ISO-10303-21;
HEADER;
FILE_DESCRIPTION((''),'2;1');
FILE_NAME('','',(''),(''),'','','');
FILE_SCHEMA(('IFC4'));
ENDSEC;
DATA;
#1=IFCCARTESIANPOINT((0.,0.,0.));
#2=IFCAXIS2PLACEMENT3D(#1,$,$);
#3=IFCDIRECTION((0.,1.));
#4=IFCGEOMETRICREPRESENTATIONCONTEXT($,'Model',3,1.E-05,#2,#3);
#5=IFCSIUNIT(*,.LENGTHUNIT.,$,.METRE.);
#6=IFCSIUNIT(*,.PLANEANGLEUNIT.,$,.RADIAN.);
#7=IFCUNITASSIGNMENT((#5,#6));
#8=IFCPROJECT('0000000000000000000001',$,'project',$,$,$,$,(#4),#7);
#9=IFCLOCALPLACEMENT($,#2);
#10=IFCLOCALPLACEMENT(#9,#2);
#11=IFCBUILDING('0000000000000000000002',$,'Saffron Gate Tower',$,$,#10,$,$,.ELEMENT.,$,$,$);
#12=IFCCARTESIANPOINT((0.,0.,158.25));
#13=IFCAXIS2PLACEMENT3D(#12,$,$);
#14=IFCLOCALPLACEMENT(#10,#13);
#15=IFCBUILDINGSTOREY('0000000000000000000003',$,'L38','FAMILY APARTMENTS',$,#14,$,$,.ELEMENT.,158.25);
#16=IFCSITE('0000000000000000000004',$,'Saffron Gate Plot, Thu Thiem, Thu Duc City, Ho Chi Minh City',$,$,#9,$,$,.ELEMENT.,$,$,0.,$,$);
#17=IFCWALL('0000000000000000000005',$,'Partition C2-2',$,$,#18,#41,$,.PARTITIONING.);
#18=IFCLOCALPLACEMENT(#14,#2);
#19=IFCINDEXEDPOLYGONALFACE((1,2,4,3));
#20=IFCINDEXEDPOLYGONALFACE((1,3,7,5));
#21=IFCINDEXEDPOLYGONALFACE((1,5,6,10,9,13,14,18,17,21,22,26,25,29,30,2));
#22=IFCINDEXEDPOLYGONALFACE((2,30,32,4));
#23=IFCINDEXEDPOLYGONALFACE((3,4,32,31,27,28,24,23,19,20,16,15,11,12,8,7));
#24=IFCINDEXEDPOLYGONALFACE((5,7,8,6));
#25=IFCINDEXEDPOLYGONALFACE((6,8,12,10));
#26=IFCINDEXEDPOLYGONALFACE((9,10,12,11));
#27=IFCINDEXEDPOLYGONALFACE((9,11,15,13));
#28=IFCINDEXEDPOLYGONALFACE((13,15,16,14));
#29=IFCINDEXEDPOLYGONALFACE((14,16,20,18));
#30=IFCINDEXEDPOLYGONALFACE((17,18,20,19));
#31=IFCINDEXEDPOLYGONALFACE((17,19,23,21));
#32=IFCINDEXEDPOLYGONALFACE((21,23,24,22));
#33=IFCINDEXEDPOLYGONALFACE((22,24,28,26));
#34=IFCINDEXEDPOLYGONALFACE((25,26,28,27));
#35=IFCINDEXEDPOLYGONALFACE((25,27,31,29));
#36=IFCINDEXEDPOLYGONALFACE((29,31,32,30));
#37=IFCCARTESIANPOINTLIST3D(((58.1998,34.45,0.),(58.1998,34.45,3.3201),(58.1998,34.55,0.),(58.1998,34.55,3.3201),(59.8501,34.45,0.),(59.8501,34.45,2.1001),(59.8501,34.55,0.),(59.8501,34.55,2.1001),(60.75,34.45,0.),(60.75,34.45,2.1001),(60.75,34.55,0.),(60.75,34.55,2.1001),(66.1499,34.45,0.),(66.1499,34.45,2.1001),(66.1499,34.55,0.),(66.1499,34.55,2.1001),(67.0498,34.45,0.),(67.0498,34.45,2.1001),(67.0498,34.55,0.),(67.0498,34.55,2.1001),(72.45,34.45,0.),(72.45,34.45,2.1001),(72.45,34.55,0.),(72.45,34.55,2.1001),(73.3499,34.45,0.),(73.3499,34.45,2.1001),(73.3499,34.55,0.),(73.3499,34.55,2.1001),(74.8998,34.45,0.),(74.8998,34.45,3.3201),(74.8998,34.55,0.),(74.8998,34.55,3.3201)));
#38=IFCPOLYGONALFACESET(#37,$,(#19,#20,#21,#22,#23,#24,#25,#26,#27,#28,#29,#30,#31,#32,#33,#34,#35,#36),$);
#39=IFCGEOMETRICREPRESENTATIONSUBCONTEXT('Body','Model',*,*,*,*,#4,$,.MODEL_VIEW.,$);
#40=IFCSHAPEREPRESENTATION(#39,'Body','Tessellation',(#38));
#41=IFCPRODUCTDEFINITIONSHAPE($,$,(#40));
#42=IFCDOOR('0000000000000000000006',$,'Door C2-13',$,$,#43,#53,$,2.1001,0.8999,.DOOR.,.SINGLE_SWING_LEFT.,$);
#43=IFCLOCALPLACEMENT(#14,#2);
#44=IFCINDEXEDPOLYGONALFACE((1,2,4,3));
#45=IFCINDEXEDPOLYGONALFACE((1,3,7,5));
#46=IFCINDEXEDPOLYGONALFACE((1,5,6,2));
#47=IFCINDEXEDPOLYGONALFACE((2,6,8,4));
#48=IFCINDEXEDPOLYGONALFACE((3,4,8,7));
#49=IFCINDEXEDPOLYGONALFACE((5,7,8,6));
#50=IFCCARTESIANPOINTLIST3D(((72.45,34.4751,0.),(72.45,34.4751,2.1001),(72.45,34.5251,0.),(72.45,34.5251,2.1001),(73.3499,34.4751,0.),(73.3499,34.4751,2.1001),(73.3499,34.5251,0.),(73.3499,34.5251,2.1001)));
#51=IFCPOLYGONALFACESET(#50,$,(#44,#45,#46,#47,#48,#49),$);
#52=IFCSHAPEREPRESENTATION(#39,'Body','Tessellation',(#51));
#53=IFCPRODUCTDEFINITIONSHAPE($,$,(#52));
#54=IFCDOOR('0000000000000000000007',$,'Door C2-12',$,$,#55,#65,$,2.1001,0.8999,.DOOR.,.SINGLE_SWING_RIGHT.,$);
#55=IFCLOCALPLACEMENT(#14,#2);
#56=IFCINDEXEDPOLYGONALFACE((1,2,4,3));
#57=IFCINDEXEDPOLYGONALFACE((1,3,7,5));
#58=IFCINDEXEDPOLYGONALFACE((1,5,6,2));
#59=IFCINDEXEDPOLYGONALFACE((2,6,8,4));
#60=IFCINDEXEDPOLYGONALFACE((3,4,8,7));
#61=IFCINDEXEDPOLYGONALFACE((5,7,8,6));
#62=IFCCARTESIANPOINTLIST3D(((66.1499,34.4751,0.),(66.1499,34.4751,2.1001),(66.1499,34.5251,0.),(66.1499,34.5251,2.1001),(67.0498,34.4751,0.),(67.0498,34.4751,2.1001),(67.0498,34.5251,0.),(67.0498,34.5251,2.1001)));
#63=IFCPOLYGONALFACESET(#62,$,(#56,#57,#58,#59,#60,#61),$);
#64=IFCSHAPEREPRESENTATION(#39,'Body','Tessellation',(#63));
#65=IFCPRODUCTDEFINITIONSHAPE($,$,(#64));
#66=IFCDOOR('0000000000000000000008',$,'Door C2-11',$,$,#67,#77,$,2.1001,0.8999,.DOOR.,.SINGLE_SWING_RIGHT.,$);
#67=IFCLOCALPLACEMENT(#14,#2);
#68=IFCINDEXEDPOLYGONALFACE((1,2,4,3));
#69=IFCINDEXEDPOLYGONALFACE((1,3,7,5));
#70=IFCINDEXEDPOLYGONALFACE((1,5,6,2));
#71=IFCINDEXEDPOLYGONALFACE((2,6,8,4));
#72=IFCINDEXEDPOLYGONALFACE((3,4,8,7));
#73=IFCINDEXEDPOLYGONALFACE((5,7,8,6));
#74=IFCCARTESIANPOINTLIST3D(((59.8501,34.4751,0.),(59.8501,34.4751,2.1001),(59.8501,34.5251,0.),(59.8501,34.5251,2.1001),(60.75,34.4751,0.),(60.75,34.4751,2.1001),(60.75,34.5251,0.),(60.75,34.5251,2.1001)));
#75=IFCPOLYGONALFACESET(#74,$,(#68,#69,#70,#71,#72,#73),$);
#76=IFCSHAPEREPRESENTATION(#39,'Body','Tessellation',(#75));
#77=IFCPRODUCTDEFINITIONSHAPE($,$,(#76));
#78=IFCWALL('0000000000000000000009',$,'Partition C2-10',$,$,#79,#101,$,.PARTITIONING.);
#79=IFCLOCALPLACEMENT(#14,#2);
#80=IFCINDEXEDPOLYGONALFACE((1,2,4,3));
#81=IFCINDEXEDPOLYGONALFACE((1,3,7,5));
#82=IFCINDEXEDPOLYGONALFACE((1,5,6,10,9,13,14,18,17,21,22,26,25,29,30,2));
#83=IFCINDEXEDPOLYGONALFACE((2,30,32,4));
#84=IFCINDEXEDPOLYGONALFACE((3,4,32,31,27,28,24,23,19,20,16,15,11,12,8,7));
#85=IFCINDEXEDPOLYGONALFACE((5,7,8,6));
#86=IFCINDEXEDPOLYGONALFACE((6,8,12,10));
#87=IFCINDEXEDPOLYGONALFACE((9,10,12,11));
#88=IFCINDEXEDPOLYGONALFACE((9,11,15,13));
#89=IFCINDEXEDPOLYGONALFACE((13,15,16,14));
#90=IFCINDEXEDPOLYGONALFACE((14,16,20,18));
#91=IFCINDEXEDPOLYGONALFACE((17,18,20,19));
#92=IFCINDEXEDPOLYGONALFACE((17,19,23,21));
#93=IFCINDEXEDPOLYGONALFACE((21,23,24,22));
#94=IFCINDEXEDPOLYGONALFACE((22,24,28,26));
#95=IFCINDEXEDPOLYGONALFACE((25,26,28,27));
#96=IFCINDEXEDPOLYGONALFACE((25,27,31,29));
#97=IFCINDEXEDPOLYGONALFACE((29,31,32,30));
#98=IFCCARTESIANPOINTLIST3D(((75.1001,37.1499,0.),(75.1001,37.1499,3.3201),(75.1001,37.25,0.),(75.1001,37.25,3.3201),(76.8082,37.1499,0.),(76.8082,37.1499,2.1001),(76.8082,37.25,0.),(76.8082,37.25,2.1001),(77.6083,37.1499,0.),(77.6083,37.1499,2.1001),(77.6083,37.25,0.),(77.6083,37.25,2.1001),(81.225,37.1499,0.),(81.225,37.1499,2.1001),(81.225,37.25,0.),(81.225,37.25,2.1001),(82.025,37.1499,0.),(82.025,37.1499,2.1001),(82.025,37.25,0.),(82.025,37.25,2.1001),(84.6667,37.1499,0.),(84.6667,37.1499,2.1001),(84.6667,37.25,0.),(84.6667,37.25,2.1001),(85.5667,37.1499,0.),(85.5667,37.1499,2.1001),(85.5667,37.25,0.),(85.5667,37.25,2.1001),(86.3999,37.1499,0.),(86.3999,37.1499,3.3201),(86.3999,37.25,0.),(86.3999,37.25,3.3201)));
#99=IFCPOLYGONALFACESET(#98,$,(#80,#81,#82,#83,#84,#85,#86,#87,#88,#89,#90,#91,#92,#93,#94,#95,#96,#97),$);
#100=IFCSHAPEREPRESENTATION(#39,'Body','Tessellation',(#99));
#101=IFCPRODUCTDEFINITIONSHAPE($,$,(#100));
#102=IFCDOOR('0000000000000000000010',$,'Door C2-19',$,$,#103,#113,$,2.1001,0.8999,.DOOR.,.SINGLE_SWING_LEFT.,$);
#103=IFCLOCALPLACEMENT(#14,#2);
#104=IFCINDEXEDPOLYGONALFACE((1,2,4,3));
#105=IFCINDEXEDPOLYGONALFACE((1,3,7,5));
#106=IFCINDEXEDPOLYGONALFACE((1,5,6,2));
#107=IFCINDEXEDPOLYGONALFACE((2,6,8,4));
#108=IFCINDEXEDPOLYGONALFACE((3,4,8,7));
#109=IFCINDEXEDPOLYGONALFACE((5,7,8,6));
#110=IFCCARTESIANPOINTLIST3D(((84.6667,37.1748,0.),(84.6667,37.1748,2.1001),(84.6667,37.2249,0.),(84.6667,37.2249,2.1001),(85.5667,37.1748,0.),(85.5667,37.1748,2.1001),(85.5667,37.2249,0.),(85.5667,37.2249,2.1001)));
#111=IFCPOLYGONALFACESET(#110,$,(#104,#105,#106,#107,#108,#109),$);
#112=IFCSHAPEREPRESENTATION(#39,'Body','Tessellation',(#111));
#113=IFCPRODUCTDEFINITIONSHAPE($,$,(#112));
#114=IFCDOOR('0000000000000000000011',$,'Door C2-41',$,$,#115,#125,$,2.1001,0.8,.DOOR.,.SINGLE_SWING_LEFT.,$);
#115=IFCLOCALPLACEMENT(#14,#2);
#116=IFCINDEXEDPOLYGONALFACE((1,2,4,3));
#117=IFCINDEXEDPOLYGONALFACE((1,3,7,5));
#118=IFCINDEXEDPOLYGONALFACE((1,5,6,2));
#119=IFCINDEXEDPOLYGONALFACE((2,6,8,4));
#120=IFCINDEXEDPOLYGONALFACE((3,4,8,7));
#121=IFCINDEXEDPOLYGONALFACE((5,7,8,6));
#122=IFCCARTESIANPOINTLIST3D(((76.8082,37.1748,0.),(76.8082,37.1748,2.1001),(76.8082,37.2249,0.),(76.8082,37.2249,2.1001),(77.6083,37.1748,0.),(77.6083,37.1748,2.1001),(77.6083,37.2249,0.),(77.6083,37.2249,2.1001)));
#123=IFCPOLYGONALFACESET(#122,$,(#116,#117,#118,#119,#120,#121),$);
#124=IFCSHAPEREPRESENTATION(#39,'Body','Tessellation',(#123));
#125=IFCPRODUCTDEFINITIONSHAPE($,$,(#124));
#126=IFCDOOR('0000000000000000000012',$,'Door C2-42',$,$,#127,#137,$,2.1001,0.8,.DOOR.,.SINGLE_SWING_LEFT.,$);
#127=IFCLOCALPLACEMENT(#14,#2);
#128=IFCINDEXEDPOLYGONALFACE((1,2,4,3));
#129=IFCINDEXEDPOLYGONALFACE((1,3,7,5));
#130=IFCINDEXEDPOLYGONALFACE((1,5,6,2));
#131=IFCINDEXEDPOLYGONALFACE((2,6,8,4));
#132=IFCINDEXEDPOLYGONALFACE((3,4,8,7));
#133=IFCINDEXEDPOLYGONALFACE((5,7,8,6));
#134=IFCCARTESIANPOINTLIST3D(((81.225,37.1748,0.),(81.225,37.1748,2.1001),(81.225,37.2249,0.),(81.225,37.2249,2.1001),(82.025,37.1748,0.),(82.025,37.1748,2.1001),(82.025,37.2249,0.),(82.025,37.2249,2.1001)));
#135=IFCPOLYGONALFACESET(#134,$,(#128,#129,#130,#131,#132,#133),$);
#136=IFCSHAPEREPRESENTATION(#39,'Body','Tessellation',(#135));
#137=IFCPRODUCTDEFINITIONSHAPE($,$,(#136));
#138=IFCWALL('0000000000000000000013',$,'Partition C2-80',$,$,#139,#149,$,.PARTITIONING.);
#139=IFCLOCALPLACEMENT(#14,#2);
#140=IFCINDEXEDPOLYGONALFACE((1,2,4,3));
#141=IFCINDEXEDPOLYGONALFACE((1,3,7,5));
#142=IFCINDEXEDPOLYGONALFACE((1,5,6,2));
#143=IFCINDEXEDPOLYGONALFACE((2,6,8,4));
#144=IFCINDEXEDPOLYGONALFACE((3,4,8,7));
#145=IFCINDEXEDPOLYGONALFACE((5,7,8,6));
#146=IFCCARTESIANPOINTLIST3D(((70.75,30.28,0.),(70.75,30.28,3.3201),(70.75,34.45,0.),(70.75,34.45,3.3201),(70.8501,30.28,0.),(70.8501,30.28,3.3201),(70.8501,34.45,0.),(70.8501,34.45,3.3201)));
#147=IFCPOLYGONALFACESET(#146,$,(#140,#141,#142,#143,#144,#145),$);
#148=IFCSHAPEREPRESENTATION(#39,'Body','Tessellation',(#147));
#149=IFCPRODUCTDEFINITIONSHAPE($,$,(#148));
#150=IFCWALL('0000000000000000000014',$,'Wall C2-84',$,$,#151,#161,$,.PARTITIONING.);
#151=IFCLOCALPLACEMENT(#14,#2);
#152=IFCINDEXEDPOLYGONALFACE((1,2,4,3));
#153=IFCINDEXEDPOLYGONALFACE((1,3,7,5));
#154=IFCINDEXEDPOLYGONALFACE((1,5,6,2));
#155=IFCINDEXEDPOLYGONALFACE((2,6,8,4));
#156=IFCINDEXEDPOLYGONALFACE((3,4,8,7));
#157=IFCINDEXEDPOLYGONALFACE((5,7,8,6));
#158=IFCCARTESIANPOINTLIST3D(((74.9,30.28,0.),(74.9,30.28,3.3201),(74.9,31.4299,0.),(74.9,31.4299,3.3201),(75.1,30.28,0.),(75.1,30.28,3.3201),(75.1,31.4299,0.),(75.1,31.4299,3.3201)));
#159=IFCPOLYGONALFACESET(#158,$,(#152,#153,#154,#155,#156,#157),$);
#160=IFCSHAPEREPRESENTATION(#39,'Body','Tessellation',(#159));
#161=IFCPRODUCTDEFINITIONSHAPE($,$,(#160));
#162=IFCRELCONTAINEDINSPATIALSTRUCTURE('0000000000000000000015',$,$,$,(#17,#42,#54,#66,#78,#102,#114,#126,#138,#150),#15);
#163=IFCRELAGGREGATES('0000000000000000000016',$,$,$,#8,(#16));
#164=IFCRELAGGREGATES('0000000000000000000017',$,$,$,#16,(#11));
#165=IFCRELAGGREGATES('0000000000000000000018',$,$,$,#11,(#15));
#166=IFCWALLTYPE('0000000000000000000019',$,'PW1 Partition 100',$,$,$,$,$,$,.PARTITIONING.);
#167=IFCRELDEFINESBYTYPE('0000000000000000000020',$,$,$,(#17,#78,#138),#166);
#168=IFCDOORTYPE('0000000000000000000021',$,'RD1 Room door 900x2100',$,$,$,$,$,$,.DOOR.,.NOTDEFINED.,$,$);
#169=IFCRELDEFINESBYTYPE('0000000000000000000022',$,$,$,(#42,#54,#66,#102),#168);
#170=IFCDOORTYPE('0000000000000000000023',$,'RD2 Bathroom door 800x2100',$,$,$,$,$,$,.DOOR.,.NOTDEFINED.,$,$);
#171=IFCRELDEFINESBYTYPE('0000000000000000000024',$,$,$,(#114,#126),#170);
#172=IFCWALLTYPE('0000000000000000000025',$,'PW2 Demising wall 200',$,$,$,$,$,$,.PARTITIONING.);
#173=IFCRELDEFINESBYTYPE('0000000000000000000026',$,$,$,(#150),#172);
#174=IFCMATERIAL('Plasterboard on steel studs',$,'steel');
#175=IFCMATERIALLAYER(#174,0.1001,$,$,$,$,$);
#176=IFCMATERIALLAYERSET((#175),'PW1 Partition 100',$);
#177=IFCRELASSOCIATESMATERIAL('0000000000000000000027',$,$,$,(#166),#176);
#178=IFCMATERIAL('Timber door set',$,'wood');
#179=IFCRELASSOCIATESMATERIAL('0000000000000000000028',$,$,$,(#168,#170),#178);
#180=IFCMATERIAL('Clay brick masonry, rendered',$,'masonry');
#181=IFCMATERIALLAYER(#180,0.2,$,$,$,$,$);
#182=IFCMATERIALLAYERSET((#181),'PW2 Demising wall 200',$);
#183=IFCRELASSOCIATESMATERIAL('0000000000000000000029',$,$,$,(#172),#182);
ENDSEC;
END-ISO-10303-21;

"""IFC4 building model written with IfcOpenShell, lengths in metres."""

from ifc_helpers import new_model, si_unit, direction, frame, frame_2d, origin, place, context, subcontext, project, spatial, rectangle, extrude, material, layer, layer_set, type_object, element, fill, save


model = new_model("IFC4")

# Units and contexts
model_context = context("Model", 3, precision=1e-05, world=origin(), true_north=direction((0.0, 1.0)))
body_context = subcontext(model_context, "Body", "Model", "MODEL_VIEW")
ifc_project = project(units=[si_unit("LENGTHUNIT", "METRE"), si_unit("PLANEANGLEUNIT", "RADIAN")], contexts=[model_context])

# Site, building, storey
site_placement = place(None, origin())
site = spatial("IfcSite", under=ifc_project, at=site_placement, Name="Saffron Gate Plot, Thu Thiem, Thu Duc City, Ho Chi Minh City", CompositionType="ELEMENT", RefElevation=0.0)
building_placement = place(site_placement, origin())
building = spatial("IfcBuilding", under=site, at=building_placement, Name="Saffron Gate Tower", CompositionType="ELEMENT")
storey_placement = place(building_placement, frame((0.0, 0.0, 158.25)))
storey = spatial("IfcBuildingStorey", under=building, at=storey_placement, Name="L38", Description="FAMILY APARTMENTS", CompositionType="ELEMENT", Elevation=158.25)

# Walls, openings, doors
ifc_material_1 = material(Name="Plasterboard on steel studs", Category="steel")
ifc_layer_1 = layer(ifc_material_1, 0.1001)
ifc_layer_set_1 = layer_set([ifc_layer_1], Name="PW1 Partition 100")
wall_type_1 = type_object("IfcWallType", Name="PW1 Partition 100", PredefinedType="PARTITIONING", material=ifc_layer_set_1)
wall_1_placement = place(storey_placement, frame((74.8999, 34.5, 0.0), z_axis=(0.0, 0.0, 1.0), x_axis=(-1.0, 0.0, 0.0)))
wall_1 = element("IfcWall", 1, at=wall_1_placement, inside=storey, type_object=wall_type_1, Name="Partition C2-2", PredefinedType="PARTITIONING", context=body_context, shape_type="SweptSolid", body=[
    extrude(rectangle(XDim=16.7, YDim=0.1001, at=frame_2d((8.3501, 0.0))), origin(), (0.0, 0.0, 1.0), 3.3201),
])
opening_1_placement = place(wall_1_placement, frame((1.55, 0.0, 0.0)))
opening_1 = element("IfcOpeningElement", 2, at=opening_1_placement, cuts=wall_1, PredefinedType="OPENING", context=body_context, shape_type="SweptSolid", body=[
    extrude(rectangle(XDim=0.8999, YDim=2.1001, at=frame_2d((0.45, 1.05))), frame((0.0, 0.0601, 0.0), z_axis=(0.0, -1.0, 0.0), x_axis=(1.0, 0.0, 0.0)), (0.0, 0.0, 1.0), 0.1201),
])
opening_2_placement = place(wall_1_placement, frame((7.8501, 0.0, 0.0)))
opening_2 = element("IfcOpeningElement", 3, at=opening_2_placement, cuts=wall_1, PredefinedType="OPENING", context=body_context, shape_type="SweptSolid", body=[
    extrude(rectangle(XDim=0.8999, YDim=2.1001, at=frame_2d((0.45, 1.05))), frame((0.0, 0.0601, 0.0), z_axis=(0.0, -1.0, 0.0), x_axis=(1.0, 0.0, 0.0)), (0.0, 0.0, 1.0), 0.1201),
])
opening_3_placement = place(wall_1_placement, frame((14.1499, 0.0, 0.0)))
opening_3 = element("IfcOpeningElement", 4, at=opening_3_placement, cuts=wall_1, PredefinedType="OPENING", context=body_context, shape_type="SweptSolid", body=[
    extrude(rectangle(XDim=0.8999, YDim=2.1001, at=frame_2d((0.45, 1.05))), frame((0.0, 0.0601, 0.0), z_axis=(0.0, -1.0, 0.0), x_axis=(1.0, 0.0, 0.0)), (0.0, 0.0, 1.0), 0.1201),
])
ifc_material_2 = material(Name="Timber door set", Category="wood")
door_type_1 = type_object("IfcDoorType", Name="RD1 Room door 900x2100", OperationType="NOTDEFINED", PredefinedType="DOOR", material=ifc_material_2)
door_1_placement = place(opening_1_placement, origin())
door_1 = element("IfcDoor", 5, at=door_1_placement, inside=storey, type_object=door_type_1, Name="Door C2-13", OperationType="SINGLE_SWING_LEFT", OverallHeight=2.1001, OverallWidth=0.8999, PredefinedType="DOOR", context=body_context, shape_type="SweptSolid", body=[
    extrude(rectangle(XDim=0.8999, YDim=2.1001, at=frame_2d((0.45, 1.05))), frame((0.0, 0.0249, 0.0), z_axis=(0.0, -1.0, 0.0), x_axis=(1.0, 0.0, 0.0)), (0.0, 0.0, 1.0), 0.05),
])
fill(opening_1, door_1)
door_2_placement = place(opening_2_placement, origin())
door_2 = element("IfcDoor", 6, at=door_2_placement, inside=storey, type_object=door_type_1, Name="Door C2-12", OperationType="SINGLE_SWING_RIGHT", OverallHeight=2.1001, OverallWidth=0.8999, PredefinedType="DOOR", context=body_context, shape_type="SweptSolid", body=[
    extrude(rectangle(XDim=0.8999, YDim=2.1001, at=frame_2d((0.45, 1.05))), frame((0.0, 0.0249, 0.0), z_axis=(0.0, -1.0, 0.0), x_axis=(1.0, 0.0, 0.0)), (0.0, 0.0, 1.0), 0.05),
])
fill(opening_2, door_2)
door_3_placement = place(opening_3_placement, origin())
door_3 = element("IfcDoor", 7, at=door_3_placement, inside=storey, type_object=door_type_1, Name="Door C2-11", OperationType="SINGLE_SWING_RIGHT", OverallHeight=2.1001, OverallWidth=0.8999, PredefinedType="DOOR", context=body_context, shape_type="SweptSolid", body=[
    extrude(rectangle(XDim=0.8999, YDim=2.1001, at=frame_2d((0.45, 1.05))), frame((0.0, 0.0249, 0.0), z_axis=(0.0, -1.0, 0.0), x_axis=(1.0, 0.0, 0.0)), (0.0, 0.0, 1.0), 0.05),
])
fill(opening_3, door_3)
wall_2_placement = place(storey_placement, frame((75.1001, 37.2, 0.0), z_axis=(0.0, 0.0, 1.0), x_axis=(1.0, 0.0, 0.0)))
wall_2 = element("IfcWall", 8, at=wall_2_placement, inside=storey, type_object=wall_type_1, Name="Partition C2-10", PredefinedType="PARTITIONING", context=body_context, shape_type="SweptSolid", body=[
    extrude(rectangle(XDim=11.2998, YDim=0.1001, at=frame_2d((5.6499, 0.0))), origin(), (0.0, 0.0, 1.0), 3.3201),
])
opening_4_placement = place(wall_2_placement, frame((1.7083, 0.0, 0.0)))
opening_4 = element("IfcOpeningElement", 9, at=opening_4_placement, cuts=wall_2, PredefinedType="OPENING", context=body_context, shape_type="SweptSolid", body=[
    extrude(rectangle(XDim=0.8, YDim=2.1001, at=frame_2d((0.3999, 1.05))), frame((0.0, 0.0601, 0.0), z_axis=(0.0, -1.0, 0.0), x_axis=(1.0, 0.0, 0.0)), (0.0, 0.0, 1.0), 0.1201),
])
opening_5_placement = place(wall_2_placement, frame((6.125, 0.0, 0.0)))
opening_5 = element("IfcOpeningElement", 10, at=opening_5_placement, cuts=wall_2, PredefinedType="OPENING", context=body_context, shape_type="SweptSolid", body=[
    extrude(rectangle(XDim=0.8, YDim=2.1001, at=frame_2d((0.3999, 1.05))), frame((0.0, 0.0601, 0.0), z_axis=(0.0, -1.0, 0.0), x_axis=(1.0, 0.0, 0.0)), (0.0, 0.0, 1.0), 0.1201),
])
opening_6_placement = place(wall_2_placement, frame((9.5667, 0.0, 0.0)))
opening_6 = element("IfcOpeningElement", 11, at=opening_6_placement, cuts=wall_2, PredefinedType="OPENING", context=body_context, shape_type="SweptSolid", body=[
    extrude(rectangle(XDim=0.8999, YDim=2.1001, at=frame_2d((0.45, 1.05))), frame((0.0, 0.0601, 0.0), z_axis=(0.0, -1.0, 0.0), x_axis=(1.0, 0.0, 0.0)), (0.0, 0.0, 1.0), 0.1201),
])
door_4_placement = place(opening_6_placement, origin())
door_4 = element("IfcDoor", 12, at=door_4_placement, inside=storey, type_object=door_type_1, Name="Door C2-19", OperationType="SINGLE_SWING_LEFT", OverallHeight=2.1001, OverallWidth=0.8999, PredefinedType="DOOR", context=body_context, shape_type="SweptSolid", body=[
    extrude(rectangle(XDim=0.8999, YDim=2.1001, at=frame_2d((0.45, 1.05))), frame((0.0, 0.0249, 0.0), z_axis=(0.0, -1.0, 0.0), x_axis=(1.0, 0.0, 0.0)), (0.0, 0.0, 1.0), 0.05),
])
fill(opening_6, door_4)
door_type_2 = type_object("IfcDoorType", Name="RD2 Bathroom door 800x2100", OperationType="NOTDEFINED", PredefinedType="DOOR", material=ifc_material_2)
door_5_placement = place(opening_4_placement, origin())
door_5 = element("IfcDoor", 13, at=door_5_placement, inside=storey, type_object=door_type_2, Name="Door C2-41", OperationType="SINGLE_SWING_LEFT", OverallHeight=2.1001, OverallWidth=0.8, PredefinedType="DOOR", context=body_context, shape_type="SweptSolid", body=[
    extrude(rectangle(XDim=0.8, YDim=2.1001, at=frame_2d((0.3999, 1.05))), frame((0.0, 0.0249, 0.0), z_axis=(0.0, -1.0, 0.0), x_axis=(1.0, 0.0, 0.0)), (0.0, 0.0, 1.0), 0.05),
])
fill(opening_4, door_5)
door_6_placement = place(opening_5_placement, origin())
door_6 = element("IfcDoor", 14, at=door_6_placement, inside=storey, type_object=door_type_2, Name="Door C2-42", OperationType="SINGLE_SWING_LEFT", OverallHeight=2.1001, OverallWidth=0.8, PredefinedType="DOOR", context=body_context, shape_type="SweptSolid", body=[
    extrude(rectangle(XDim=0.8, YDim=2.1001, at=frame_2d((0.3999, 1.05))), frame((0.0, 0.0249, 0.0), z_axis=(0.0, -1.0, 0.0), x_axis=(1.0, 0.0, 0.0)), (0.0, 0.0, 1.0), 0.05),
])
fill(opening_5, door_6)

# Walls
wall_3_placement = place(storey_placement, frame((70.8, 34.45, 0.0), z_axis=(0.0, 0.0, 1.0), x_axis=(0.0, -1.0, 0.0)))
element("IfcWall", 15, at=wall_3_placement, inside=storey, type_object=wall_type_1, Name="Partition C2-80", PredefinedType="PARTITIONING", context=body_context, shape_type="SweptSolid", body=[
    extrude(rectangle(XDim=4.1699, YDim=0.1001, at=frame_2d((2.085, 0.0))), origin(), (0.0, 0.0, 1.0), 3.3201),
])
ifc_material_3 = material(Name="Clay brick masonry, rendered", Category="masonry")
ifc_layer_2 = layer(ifc_material_3, 0.2)
ifc_layer_set_2 = layer_set([ifc_layer_2], Name="PW2 Demising wall 200")
wall_type_2 = type_object("IfcWallType", Name="PW2 Demising wall 200", PredefinedType="PARTITIONING", material=ifc_layer_set_2)
wall_4_placement = place(storey_placement, frame((75.0, 31.4299, 0.0), z_axis=(0.0, 0.0, 1.0), x_axis=(0.0, -1.0, 0.0)))
element("IfcWall", 16, at=wall_4_placement, inside=storey, type_object=wall_type_2, Name="Wall C2-84", PredefinedType="PARTITIONING", context=body_context, shape_type="SweptSolid", body=[
    extrude(rectangle(XDim=1.1499, YDim=0.2, at=frame_2d((0.575, 0.0))), origin(), (0.0, 0.0, 1.0), 3.3201),
])

save(model, "model.ifc")
